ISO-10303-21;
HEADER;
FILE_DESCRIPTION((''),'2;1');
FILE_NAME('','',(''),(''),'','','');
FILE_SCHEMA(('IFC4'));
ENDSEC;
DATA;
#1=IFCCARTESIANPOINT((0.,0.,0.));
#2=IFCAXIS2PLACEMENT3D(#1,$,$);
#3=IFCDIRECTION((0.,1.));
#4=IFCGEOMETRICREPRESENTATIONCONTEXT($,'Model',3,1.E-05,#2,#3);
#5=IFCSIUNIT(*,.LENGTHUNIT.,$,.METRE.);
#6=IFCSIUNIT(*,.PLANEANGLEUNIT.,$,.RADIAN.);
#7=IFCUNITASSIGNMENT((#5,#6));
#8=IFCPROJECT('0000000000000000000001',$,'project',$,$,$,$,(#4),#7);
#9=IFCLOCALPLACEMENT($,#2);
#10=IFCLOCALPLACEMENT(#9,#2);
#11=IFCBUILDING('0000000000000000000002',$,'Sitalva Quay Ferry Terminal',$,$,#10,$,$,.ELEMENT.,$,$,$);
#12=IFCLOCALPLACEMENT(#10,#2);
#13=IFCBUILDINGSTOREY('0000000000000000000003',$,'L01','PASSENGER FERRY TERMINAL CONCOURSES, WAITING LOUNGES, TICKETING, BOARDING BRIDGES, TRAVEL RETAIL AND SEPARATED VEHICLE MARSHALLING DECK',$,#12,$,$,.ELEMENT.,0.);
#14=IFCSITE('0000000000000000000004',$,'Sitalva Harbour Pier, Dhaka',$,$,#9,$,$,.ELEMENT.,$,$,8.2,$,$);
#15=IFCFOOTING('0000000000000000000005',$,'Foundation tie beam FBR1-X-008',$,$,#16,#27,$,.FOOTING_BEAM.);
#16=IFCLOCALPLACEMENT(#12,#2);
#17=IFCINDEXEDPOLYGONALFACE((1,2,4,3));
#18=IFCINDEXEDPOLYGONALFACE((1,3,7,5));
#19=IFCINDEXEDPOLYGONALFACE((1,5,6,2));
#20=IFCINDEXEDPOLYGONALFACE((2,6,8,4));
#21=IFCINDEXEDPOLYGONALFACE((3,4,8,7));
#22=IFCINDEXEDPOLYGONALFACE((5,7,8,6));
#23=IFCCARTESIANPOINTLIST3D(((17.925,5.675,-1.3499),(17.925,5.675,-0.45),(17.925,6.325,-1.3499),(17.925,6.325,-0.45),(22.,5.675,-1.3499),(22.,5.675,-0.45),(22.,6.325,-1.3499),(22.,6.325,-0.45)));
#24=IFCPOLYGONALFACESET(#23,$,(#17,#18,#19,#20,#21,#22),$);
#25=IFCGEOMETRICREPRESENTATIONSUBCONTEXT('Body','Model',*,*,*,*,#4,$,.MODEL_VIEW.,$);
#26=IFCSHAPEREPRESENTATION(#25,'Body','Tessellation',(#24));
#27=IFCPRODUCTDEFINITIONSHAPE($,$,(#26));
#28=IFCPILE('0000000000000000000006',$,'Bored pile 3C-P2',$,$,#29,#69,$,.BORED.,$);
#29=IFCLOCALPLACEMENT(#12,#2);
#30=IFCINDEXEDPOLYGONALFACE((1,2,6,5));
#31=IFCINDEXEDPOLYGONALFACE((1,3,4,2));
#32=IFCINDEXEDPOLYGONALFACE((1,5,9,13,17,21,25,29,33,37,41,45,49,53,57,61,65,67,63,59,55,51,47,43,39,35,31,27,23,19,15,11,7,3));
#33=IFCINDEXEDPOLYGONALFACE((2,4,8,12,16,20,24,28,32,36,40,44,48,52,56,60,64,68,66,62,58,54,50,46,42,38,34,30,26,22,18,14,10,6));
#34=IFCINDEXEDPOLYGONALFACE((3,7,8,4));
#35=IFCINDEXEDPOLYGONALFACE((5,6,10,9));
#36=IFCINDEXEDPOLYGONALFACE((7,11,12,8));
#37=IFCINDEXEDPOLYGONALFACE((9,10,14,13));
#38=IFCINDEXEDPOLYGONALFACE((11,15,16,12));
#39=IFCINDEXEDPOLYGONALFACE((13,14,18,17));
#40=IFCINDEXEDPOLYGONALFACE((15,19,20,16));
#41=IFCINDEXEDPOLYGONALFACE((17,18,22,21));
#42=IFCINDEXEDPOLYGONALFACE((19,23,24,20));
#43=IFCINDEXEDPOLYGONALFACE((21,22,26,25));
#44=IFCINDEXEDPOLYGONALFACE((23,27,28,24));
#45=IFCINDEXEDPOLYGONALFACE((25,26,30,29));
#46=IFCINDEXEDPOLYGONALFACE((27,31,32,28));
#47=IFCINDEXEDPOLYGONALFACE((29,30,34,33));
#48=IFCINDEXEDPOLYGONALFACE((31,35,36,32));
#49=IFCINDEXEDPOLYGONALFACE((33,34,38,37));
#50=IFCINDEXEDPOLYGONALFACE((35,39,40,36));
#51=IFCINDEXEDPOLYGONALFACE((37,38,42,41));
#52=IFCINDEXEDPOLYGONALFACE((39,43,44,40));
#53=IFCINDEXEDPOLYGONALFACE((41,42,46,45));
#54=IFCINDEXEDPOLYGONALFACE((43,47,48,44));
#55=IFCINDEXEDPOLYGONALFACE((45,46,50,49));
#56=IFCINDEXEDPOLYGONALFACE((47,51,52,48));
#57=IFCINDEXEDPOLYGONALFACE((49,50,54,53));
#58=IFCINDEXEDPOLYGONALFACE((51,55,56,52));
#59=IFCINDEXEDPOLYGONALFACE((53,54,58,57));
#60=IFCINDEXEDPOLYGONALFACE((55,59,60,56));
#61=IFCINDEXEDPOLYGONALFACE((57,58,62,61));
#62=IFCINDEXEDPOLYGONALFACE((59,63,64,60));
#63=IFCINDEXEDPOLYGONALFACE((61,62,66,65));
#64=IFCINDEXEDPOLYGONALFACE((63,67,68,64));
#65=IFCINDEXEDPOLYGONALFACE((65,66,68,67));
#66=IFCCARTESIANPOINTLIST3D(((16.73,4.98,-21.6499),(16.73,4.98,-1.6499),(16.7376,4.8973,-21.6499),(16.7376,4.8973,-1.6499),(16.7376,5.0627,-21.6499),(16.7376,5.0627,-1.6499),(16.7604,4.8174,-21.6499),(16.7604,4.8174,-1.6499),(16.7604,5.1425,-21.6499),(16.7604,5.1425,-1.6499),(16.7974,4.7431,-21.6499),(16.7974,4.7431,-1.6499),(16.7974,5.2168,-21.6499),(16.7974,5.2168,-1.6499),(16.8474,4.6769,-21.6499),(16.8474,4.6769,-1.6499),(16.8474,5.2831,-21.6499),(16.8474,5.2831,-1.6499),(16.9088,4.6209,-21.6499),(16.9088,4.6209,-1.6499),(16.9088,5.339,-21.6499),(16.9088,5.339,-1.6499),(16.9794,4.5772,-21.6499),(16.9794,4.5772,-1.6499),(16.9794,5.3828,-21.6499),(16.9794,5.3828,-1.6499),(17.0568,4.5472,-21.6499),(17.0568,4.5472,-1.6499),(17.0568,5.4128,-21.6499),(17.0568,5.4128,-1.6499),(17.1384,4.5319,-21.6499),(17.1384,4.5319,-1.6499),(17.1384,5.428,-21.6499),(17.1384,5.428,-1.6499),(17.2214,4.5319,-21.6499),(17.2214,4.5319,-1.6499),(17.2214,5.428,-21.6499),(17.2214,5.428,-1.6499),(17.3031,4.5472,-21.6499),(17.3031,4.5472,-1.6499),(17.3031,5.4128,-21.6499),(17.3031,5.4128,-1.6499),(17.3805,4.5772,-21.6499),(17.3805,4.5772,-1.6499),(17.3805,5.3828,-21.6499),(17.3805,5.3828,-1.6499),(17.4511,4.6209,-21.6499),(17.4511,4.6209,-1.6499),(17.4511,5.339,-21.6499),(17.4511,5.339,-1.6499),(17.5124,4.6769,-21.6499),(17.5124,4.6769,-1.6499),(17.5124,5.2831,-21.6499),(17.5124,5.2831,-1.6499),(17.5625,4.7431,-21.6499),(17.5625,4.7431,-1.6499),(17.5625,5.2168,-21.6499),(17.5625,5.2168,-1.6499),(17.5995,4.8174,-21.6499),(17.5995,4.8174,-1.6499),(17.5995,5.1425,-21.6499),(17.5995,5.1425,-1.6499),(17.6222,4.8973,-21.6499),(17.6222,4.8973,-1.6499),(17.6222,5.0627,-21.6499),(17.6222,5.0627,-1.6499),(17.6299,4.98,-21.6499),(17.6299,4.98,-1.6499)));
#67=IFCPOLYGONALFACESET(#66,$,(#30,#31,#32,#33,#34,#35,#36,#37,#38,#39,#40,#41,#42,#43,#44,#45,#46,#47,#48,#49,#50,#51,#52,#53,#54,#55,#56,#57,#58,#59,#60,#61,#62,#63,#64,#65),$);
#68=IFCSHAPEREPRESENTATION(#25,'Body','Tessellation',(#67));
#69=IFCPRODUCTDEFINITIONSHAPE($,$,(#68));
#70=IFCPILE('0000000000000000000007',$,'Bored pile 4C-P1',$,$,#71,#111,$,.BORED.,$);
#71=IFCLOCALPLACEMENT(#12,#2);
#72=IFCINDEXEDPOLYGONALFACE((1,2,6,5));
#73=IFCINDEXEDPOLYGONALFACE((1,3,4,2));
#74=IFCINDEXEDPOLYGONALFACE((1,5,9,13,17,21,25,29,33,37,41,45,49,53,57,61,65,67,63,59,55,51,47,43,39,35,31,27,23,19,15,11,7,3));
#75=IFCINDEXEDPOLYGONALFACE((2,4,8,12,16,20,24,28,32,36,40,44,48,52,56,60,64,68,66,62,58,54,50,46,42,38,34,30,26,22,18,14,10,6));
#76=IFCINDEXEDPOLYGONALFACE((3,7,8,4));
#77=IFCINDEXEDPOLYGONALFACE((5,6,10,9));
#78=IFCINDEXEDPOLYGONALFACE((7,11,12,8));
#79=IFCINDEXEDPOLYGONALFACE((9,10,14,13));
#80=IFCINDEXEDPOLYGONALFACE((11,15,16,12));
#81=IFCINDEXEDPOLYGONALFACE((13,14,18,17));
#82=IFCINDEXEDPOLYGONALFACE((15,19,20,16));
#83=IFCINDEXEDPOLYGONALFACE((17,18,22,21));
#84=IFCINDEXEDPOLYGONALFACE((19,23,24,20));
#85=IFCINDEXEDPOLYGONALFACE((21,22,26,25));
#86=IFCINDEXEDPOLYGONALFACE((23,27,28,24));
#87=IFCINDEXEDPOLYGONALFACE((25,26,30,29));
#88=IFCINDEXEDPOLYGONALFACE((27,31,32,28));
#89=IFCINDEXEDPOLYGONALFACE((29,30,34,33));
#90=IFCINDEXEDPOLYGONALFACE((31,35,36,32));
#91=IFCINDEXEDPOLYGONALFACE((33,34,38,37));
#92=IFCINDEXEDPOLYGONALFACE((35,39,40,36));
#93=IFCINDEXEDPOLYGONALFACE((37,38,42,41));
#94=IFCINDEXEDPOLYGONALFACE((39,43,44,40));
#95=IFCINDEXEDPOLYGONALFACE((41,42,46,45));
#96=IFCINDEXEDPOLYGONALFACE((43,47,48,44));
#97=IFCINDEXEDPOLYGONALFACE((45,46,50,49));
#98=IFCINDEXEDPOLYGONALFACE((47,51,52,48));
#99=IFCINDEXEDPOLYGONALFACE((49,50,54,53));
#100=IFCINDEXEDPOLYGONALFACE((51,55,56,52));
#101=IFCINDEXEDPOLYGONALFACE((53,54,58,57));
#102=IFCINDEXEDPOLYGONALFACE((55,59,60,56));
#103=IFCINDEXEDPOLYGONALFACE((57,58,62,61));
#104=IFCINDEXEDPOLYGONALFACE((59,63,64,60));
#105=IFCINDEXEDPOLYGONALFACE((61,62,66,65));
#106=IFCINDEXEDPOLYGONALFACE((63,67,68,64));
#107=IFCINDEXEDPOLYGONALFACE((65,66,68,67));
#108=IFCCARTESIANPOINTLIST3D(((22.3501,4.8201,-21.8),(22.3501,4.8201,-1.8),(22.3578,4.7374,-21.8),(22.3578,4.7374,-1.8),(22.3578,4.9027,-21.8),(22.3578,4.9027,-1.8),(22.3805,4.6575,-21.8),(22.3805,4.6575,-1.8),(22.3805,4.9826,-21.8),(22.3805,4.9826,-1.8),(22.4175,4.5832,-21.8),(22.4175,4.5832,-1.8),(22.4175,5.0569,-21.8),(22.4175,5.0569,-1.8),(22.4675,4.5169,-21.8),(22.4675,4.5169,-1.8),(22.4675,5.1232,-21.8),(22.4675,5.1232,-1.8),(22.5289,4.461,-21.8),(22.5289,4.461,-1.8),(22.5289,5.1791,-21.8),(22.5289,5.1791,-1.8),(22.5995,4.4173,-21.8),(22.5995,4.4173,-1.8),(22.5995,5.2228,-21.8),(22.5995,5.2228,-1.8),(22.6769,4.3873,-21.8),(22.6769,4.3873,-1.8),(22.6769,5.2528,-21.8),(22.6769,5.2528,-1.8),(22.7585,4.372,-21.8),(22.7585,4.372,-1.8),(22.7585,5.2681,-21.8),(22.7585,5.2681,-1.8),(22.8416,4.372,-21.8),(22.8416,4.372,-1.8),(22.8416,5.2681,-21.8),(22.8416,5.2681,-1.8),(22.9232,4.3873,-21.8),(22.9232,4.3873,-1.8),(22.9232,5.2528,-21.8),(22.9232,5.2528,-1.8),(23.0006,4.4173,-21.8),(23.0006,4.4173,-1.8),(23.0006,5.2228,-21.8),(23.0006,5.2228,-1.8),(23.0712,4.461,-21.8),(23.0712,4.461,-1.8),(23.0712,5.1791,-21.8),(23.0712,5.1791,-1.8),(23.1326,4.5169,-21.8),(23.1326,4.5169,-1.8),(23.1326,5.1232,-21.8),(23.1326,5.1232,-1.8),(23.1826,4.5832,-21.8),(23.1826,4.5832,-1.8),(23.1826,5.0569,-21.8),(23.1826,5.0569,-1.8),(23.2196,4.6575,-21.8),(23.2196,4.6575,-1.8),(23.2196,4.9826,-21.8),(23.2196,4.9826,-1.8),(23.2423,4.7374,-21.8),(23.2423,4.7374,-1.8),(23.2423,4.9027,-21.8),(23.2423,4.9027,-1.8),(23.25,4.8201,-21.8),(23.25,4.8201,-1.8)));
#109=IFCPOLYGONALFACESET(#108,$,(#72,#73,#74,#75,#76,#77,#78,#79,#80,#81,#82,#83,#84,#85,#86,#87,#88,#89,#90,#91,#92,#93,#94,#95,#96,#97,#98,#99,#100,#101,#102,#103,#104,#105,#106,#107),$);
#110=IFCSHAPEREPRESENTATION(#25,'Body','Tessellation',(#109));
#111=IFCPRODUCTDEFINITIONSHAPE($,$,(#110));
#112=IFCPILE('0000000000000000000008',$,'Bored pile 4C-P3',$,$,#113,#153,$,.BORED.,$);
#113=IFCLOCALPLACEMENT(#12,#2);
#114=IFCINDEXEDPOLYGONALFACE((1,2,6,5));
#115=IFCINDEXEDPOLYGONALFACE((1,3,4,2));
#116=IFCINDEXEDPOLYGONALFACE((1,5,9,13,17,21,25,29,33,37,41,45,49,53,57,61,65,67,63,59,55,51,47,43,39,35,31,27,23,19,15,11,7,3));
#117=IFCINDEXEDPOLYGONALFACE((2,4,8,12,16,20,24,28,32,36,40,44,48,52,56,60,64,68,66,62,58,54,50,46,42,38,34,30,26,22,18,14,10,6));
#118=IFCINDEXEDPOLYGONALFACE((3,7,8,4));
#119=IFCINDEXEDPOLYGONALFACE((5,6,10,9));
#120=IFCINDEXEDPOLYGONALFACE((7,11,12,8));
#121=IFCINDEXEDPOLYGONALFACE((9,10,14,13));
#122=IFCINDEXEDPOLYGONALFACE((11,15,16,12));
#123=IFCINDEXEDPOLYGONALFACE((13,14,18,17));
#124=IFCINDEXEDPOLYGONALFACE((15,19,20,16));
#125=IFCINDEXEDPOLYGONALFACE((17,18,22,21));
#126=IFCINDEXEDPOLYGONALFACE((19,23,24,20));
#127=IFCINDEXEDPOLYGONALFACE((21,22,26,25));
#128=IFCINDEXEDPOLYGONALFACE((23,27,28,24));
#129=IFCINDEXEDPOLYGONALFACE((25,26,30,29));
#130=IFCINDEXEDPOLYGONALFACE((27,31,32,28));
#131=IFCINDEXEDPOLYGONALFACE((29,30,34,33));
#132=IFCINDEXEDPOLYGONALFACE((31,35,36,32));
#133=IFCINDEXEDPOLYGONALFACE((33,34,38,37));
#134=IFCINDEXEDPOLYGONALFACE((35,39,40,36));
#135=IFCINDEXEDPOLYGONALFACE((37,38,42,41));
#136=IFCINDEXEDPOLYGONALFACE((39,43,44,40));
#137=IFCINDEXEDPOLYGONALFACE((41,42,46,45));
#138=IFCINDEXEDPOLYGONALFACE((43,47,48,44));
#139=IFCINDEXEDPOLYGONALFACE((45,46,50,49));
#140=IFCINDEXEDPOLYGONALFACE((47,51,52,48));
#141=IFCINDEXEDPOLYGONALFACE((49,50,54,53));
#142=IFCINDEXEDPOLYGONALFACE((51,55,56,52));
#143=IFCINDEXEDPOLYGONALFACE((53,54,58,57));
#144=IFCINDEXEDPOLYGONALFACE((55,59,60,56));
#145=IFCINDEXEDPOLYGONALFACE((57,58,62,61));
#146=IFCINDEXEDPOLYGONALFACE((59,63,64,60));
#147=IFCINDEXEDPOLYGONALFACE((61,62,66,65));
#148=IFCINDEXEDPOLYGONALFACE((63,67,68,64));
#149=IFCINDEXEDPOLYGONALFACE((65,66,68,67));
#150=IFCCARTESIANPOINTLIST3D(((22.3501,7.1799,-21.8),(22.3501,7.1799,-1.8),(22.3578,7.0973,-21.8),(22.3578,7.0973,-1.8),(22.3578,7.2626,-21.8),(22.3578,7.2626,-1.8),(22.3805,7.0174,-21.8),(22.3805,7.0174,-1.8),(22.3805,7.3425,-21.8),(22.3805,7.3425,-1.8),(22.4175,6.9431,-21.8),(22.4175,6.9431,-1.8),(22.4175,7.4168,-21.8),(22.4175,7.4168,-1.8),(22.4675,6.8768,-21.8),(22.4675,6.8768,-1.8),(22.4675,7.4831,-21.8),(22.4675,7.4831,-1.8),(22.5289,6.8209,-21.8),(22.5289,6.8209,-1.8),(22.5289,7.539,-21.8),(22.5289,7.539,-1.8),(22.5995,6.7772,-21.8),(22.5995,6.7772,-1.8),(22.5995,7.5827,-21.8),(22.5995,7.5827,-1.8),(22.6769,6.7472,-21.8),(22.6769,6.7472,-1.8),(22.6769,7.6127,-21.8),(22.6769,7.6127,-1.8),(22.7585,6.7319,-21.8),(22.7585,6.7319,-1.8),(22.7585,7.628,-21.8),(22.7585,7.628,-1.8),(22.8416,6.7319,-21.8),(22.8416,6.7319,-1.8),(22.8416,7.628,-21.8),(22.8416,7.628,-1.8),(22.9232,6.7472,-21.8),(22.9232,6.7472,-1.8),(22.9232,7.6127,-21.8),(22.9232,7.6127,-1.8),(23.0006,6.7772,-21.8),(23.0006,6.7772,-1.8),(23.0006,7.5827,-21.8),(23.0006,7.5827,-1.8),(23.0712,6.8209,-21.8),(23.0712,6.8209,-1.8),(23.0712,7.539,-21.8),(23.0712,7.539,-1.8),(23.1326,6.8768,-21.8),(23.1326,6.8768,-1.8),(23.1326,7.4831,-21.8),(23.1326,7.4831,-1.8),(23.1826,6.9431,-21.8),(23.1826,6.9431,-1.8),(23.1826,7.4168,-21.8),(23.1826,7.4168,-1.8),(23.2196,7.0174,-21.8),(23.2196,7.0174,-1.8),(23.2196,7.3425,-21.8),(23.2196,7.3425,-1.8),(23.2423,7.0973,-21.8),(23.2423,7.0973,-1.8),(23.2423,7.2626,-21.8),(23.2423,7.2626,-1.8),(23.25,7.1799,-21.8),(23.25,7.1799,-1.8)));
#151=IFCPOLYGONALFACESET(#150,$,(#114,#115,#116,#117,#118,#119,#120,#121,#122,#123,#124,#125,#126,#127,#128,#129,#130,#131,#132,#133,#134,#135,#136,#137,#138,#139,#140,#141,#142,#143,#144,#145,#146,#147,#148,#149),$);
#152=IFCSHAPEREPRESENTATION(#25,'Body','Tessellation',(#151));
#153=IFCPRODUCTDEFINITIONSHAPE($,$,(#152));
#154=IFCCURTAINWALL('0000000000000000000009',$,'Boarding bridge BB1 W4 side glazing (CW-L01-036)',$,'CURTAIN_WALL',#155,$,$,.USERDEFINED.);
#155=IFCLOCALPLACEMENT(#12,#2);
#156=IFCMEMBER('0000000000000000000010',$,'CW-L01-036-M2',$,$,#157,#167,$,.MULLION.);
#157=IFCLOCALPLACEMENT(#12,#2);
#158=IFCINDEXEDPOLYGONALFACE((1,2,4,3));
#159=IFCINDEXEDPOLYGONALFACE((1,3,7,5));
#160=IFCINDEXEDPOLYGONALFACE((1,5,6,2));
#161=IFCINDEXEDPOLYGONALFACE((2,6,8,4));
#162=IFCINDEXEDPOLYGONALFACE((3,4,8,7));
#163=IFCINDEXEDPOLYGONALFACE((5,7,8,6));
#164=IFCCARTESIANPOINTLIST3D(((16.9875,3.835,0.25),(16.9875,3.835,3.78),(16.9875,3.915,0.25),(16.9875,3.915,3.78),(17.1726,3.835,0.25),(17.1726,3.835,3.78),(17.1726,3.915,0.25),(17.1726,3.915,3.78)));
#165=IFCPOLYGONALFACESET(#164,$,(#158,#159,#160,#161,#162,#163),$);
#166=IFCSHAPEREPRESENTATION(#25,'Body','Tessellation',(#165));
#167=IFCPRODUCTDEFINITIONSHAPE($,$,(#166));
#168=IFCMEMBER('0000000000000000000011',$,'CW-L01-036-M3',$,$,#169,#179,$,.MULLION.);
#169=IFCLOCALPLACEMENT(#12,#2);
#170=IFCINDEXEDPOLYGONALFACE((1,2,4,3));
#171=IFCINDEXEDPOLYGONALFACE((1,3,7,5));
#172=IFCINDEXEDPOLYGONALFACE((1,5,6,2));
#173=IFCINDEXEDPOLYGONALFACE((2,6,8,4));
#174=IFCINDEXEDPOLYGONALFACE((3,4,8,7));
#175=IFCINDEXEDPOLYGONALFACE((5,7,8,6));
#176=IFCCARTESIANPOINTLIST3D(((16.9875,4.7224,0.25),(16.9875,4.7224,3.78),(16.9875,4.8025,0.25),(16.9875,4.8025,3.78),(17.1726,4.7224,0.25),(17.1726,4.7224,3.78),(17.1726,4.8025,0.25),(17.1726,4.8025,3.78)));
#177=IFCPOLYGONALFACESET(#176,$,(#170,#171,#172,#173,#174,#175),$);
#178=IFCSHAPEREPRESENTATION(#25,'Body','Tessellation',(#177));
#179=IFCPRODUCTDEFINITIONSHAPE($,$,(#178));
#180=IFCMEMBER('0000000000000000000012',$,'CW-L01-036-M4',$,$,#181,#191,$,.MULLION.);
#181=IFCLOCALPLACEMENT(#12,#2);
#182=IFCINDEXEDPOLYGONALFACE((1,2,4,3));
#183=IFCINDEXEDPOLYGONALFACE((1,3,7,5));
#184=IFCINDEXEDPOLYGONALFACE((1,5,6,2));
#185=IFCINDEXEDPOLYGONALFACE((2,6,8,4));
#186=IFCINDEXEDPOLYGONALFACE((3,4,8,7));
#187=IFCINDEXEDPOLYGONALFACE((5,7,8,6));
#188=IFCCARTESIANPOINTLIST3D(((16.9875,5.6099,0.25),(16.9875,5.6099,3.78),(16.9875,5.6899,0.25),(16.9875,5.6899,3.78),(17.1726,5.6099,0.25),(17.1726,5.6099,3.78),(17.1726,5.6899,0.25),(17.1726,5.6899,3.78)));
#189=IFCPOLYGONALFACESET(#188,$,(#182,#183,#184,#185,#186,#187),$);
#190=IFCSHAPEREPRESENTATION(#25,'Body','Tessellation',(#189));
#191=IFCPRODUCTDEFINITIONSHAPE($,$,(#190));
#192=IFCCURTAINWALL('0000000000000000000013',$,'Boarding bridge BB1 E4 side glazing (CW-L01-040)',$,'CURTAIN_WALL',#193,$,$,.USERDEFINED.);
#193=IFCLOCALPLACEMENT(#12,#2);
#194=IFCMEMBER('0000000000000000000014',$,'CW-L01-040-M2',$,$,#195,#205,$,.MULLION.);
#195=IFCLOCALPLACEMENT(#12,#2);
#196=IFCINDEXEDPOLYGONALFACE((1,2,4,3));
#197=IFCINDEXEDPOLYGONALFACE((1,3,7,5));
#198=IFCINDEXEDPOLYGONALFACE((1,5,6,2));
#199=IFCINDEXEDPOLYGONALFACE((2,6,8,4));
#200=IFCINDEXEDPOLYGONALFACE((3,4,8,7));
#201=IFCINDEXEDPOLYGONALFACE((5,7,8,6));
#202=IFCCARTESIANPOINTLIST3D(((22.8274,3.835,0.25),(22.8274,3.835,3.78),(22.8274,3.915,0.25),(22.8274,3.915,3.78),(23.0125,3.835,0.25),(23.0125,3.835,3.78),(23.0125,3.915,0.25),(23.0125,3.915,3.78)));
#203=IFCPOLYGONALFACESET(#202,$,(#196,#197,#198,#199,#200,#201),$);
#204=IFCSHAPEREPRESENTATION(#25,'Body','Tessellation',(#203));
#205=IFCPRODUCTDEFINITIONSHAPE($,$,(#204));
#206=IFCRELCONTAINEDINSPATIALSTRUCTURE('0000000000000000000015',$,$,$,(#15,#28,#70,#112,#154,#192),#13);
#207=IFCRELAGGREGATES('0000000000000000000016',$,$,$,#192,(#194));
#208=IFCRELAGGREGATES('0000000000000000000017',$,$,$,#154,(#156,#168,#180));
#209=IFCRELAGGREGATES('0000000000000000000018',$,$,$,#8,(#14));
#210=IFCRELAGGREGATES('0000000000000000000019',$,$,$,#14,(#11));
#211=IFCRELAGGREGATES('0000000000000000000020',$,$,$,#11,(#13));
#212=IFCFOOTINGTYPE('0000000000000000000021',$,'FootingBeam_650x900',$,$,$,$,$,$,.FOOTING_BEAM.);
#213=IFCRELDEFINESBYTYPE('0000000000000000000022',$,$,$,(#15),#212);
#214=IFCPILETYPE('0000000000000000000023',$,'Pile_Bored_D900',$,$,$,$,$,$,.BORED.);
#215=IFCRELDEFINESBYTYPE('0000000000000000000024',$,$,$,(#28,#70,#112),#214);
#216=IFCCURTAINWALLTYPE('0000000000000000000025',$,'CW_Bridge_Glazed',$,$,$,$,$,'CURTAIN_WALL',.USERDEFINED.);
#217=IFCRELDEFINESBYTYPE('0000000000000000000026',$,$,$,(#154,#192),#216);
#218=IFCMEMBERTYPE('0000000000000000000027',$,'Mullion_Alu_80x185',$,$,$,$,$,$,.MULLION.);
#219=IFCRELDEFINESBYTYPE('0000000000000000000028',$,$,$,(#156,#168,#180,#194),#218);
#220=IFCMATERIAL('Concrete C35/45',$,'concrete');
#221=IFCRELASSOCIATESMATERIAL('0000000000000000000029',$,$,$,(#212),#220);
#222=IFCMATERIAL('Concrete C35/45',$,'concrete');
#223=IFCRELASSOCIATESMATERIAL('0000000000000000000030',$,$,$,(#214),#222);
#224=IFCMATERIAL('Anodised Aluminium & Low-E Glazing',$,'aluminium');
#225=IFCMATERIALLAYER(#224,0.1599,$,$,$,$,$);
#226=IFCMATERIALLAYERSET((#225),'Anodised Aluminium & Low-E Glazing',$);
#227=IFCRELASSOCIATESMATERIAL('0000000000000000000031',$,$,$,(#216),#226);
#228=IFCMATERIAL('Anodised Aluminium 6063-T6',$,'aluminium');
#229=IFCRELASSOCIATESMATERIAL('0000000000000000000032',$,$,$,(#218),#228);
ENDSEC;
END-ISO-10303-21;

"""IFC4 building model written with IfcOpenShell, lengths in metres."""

from ifc_helpers import new_model, si_unit, direction, frame, origin, origin_2d, place, context, subcontext, project, spatial, rectangle, circle, extrude, material, layer, layer_set, material_profile, profile_set, type_object, element, aggregate, save


model = new_model("IFC4")

# Units and contexts
model_context = context("Model", 3, precision=1e-05, world=origin(), true_north=direction((0.0, 1.0)))
body_context = subcontext(model_context, "Body", "Model", "MODEL_VIEW")
ifc_project = project(units=[si_unit("LENGTHUNIT", "METRE"), si_unit("PLANEANGLEUNIT", "RADIAN")], contexts=[model_context])

# Site, building, storey
site_placement = place(None, origin())
site = spatial("IfcSite", under=ifc_project, at=site_placement, Name="Sitalva Harbour Pier, Dhaka", CompositionType="ELEMENT", RefElevation=8.2)
building_placement = place(site_placement, origin())
building = spatial("IfcBuilding", under=site, at=building_placement, Name="Sitalva Quay Ferry Terminal", CompositionType="ELEMENT")
storey_placement = place(building_placement, origin())
storey = spatial("IfcBuildingStorey", under=building, at=storey_placement, Name="L01", Description="PASSENGER FERRY TERMINAL CONCOURSES, WAITING LOUNGES, TICKETING, BOARDING BRIDGES, TRAVEL RETAIL AND SEPARATED VEHICLE MARSHALLING DECK", CompositionType="ELEMENT", Elevation=0.0)

# Footing
ifc_material_1 = material(Name="Concrete C35/45", Category="concrete")
ifc_material_profile_1 = material_profile(ifc_material_1, rectangle(XDim=0.6499, YDim=0.8999, at=origin_2d()), Name="RC650x900")
ifc_profile_set_1 = profile_set([ifc_material_profile_1], Name="Concrete C35/45")
footing_type = type_object("IfcFootingType", Name="FootingBeam_650x900", PredefinedType="FOOTING_BEAM", material=ifc_profile_set_1)
footing_placement = place(storey_placement, frame((17.925, 6.0, -0.8999), z_axis=(1.0, 0.0, 0.0), x_axis=(0.0, 1.0, 0.0)))
element("IfcFooting", 1, at=footing_placement, inside=storey, type_object=footing_type, Name="Foundation tie beam FBR1-X-008", PredefinedType="FOOTING_BEAM", context=body_context, shape_type="SweptSolid", body=[
    extrude(rectangle(XDim=0.6499, YDim=0.8999, at=origin_2d()), origin(), (0.0, 0.0, 1.0), 4.075),
])

# Piles
ifc_material_2 = material(Name="Concrete C35/45", Category="concrete")
ifc_material_profile_2 = material_profile(ifc_material_2, circle(Radius=0.45, at=origin_2d()), Name="PILE-D900")
ifc_profile_set_2 = profile_set([ifc_material_profile_2], Name="Concrete C35/45")
pile_type = type_object("IfcPileType", Name="Pile_Bored_D900", PredefinedType="BORED", material=ifc_profile_set_2)
for number, where, z_axis, x_axis, name in (
    (2, (17.1799, 4.98, -1.6499), (0.0, 0.0, -1.0), (1.0, 0.0, 0.0), "Bored pile 3C-P2"),
    (3, (22.8, 4.8201, -1.8), (0.0, 0.0, -1.0), (1.0, 0.0, 0.0), "Bored pile 4C-P1"),
    (4, (22.8, 7.1799, -1.8), (0.0, 0.0, -1.0), (1.0, 0.0, 0.0), "Bored pile 4C-P3"),
):
    element("IfcPile", number, at=place(storey_placement, frame(where, z_axis=z_axis, x_axis=x_axis)), inside=storey, type_object=pile_type, Name=name, PredefinedType="BORED", context=body_context, shape_type="SweptSolid", body=[
        extrude(circle(Radius=0.45, at=origin_2d()), origin(), (0.0, 0.0, 1.0), 20.0),
    ])

# Curtain walls, members
ifc_material_3 = material(Name="Anodised Aluminium & Low-E Glazing", Category="aluminium")
ifc_layer_1 = layer(ifc_material_3, 0.1599)
ifc_layer_set_1 = layer_set([ifc_layer_1], Name="Anodised Aluminium & Low-E Glazing")
curtain_wall_type = type_object("IfcCurtainWallType", Name="CW_Bridge_Glazed", ElementType="CURTAIN_WALL", PredefinedType="USERDEFINED", material=ifc_layer_set_1)
curtain_wall_1_placement = place(storey_placement, origin())
curtain_wall_1 = element("IfcCurtainWall", 5, at=curtain_wall_1_placement, inside=storey, type_object=curtain_wall_type, Name="Boarding bridge BB1 W4 side glazing (CW-L01-036)", ObjectType="CURTAIN_WALL", PredefinedType="USERDEFINED")
ifc_material_4 = material(Name="Anodised Aluminium 6063-T6", Category="aluminium")
ifc_material_profile_3 = material_profile(ifc_material_4, rectangle(XDim=0.0801, YDim=0.1851, at=origin_2d()), Name="ALU80x185")
ifc_profile_set_3 = profile_set([ifc_material_profile_3], Name="Anodised Aluminium 6063-T6")
member_type_1 = type_object("IfcMemberType", Name="Mullion_Alu_80x185", PredefinedType="MULLION", material=ifc_profile_set_3)
member_1_placement = place(storey_placement, frame((17.0801, 3.875, 0.25), z_axis=(0.0, 0.0, 1.0), x_axis=(0.0, 1.0, 0.0)))
member_1 = element("IfcMember", 6, at=member_1_placement, type_object=member_type_1, Name="CW-L01-036-M2", PredefinedType="MULLION", context=body_context, shape_type="SweptSolid", body=[
    extrude(rectangle(XDim=0.0801, YDim=0.1851, at=origin_2d()), origin(), (0.0, 0.0, 1.0), 3.53),
])
member_2_placement = place(storey_placement, frame((17.0801, 4.7625, 0.25), z_axis=(0.0, 0.0, 1.0), x_axis=(0.0, 1.0, 0.0)))
member_2 = element("IfcMember", 7, at=member_2_placement, type_object=member_type_1, Name="CW-L01-036-M3", PredefinedType="MULLION", context=body_context, shape_type="SweptSolid", body=[
    extrude(rectangle(XDim=0.0801, YDim=0.1851, at=origin_2d()), origin(), (0.0, 0.0, 1.0), 3.53),
])
member_3_placement = place(storey_placement, frame((17.0801, 5.6499, 0.25), z_axis=(0.0, 0.0, 1.0), x_axis=(0.0, 1.0, 0.0)))
member_3 = element("IfcMember", 8, at=member_3_placement, type_object=member_type_1, Name="CW-L01-036-M4", PredefinedType="MULLION", context=body_context, shape_type="SweptSolid", body=[
    extrude(rectangle(XDim=0.0801, YDim=0.1851, at=origin_2d()), origin(), (0.0, 0.0, 1.0), 3.53),
])
curtain_wall_2_placement = place(storey_placement, origin())
curtain_wall_2 = element("IfcCurtainWall", 9, at=curtain_wall_2_placement, inside=storey, type_object=curtain_wall_type, Name="Boarding bridge BB1 E4 side glazing (CW-L01-040)", ObjectType="CURTAIN_WALL", PredefinedType="USERDEFINED")
member_4_placement = place(storey_placement, frame((22.9199, 3.875, 0.25), z_axis=(0.0, 0.0, 1.0), x_axis=(0.0, 1.0, 0.0)))
member_4 = element("IfcMember", 10, at=member_4_placement, type_object=member_type_1, Name="CW-L01-040-M2", PredefinedType="MULLION", context=body_context, shape_type="SweptSolid", body=[
    extrude(rectangle(XDim=0.0801, YDim=0.1851, at=origin_2d()), origin(), (0.0, 0.0, 1.0), 3.53),
])
aggregate(curtain_wall_2, [member_4])

aggregate(curtain_wall_1, [member_1, member_2, member_3])

save(model, "model.ifc")
